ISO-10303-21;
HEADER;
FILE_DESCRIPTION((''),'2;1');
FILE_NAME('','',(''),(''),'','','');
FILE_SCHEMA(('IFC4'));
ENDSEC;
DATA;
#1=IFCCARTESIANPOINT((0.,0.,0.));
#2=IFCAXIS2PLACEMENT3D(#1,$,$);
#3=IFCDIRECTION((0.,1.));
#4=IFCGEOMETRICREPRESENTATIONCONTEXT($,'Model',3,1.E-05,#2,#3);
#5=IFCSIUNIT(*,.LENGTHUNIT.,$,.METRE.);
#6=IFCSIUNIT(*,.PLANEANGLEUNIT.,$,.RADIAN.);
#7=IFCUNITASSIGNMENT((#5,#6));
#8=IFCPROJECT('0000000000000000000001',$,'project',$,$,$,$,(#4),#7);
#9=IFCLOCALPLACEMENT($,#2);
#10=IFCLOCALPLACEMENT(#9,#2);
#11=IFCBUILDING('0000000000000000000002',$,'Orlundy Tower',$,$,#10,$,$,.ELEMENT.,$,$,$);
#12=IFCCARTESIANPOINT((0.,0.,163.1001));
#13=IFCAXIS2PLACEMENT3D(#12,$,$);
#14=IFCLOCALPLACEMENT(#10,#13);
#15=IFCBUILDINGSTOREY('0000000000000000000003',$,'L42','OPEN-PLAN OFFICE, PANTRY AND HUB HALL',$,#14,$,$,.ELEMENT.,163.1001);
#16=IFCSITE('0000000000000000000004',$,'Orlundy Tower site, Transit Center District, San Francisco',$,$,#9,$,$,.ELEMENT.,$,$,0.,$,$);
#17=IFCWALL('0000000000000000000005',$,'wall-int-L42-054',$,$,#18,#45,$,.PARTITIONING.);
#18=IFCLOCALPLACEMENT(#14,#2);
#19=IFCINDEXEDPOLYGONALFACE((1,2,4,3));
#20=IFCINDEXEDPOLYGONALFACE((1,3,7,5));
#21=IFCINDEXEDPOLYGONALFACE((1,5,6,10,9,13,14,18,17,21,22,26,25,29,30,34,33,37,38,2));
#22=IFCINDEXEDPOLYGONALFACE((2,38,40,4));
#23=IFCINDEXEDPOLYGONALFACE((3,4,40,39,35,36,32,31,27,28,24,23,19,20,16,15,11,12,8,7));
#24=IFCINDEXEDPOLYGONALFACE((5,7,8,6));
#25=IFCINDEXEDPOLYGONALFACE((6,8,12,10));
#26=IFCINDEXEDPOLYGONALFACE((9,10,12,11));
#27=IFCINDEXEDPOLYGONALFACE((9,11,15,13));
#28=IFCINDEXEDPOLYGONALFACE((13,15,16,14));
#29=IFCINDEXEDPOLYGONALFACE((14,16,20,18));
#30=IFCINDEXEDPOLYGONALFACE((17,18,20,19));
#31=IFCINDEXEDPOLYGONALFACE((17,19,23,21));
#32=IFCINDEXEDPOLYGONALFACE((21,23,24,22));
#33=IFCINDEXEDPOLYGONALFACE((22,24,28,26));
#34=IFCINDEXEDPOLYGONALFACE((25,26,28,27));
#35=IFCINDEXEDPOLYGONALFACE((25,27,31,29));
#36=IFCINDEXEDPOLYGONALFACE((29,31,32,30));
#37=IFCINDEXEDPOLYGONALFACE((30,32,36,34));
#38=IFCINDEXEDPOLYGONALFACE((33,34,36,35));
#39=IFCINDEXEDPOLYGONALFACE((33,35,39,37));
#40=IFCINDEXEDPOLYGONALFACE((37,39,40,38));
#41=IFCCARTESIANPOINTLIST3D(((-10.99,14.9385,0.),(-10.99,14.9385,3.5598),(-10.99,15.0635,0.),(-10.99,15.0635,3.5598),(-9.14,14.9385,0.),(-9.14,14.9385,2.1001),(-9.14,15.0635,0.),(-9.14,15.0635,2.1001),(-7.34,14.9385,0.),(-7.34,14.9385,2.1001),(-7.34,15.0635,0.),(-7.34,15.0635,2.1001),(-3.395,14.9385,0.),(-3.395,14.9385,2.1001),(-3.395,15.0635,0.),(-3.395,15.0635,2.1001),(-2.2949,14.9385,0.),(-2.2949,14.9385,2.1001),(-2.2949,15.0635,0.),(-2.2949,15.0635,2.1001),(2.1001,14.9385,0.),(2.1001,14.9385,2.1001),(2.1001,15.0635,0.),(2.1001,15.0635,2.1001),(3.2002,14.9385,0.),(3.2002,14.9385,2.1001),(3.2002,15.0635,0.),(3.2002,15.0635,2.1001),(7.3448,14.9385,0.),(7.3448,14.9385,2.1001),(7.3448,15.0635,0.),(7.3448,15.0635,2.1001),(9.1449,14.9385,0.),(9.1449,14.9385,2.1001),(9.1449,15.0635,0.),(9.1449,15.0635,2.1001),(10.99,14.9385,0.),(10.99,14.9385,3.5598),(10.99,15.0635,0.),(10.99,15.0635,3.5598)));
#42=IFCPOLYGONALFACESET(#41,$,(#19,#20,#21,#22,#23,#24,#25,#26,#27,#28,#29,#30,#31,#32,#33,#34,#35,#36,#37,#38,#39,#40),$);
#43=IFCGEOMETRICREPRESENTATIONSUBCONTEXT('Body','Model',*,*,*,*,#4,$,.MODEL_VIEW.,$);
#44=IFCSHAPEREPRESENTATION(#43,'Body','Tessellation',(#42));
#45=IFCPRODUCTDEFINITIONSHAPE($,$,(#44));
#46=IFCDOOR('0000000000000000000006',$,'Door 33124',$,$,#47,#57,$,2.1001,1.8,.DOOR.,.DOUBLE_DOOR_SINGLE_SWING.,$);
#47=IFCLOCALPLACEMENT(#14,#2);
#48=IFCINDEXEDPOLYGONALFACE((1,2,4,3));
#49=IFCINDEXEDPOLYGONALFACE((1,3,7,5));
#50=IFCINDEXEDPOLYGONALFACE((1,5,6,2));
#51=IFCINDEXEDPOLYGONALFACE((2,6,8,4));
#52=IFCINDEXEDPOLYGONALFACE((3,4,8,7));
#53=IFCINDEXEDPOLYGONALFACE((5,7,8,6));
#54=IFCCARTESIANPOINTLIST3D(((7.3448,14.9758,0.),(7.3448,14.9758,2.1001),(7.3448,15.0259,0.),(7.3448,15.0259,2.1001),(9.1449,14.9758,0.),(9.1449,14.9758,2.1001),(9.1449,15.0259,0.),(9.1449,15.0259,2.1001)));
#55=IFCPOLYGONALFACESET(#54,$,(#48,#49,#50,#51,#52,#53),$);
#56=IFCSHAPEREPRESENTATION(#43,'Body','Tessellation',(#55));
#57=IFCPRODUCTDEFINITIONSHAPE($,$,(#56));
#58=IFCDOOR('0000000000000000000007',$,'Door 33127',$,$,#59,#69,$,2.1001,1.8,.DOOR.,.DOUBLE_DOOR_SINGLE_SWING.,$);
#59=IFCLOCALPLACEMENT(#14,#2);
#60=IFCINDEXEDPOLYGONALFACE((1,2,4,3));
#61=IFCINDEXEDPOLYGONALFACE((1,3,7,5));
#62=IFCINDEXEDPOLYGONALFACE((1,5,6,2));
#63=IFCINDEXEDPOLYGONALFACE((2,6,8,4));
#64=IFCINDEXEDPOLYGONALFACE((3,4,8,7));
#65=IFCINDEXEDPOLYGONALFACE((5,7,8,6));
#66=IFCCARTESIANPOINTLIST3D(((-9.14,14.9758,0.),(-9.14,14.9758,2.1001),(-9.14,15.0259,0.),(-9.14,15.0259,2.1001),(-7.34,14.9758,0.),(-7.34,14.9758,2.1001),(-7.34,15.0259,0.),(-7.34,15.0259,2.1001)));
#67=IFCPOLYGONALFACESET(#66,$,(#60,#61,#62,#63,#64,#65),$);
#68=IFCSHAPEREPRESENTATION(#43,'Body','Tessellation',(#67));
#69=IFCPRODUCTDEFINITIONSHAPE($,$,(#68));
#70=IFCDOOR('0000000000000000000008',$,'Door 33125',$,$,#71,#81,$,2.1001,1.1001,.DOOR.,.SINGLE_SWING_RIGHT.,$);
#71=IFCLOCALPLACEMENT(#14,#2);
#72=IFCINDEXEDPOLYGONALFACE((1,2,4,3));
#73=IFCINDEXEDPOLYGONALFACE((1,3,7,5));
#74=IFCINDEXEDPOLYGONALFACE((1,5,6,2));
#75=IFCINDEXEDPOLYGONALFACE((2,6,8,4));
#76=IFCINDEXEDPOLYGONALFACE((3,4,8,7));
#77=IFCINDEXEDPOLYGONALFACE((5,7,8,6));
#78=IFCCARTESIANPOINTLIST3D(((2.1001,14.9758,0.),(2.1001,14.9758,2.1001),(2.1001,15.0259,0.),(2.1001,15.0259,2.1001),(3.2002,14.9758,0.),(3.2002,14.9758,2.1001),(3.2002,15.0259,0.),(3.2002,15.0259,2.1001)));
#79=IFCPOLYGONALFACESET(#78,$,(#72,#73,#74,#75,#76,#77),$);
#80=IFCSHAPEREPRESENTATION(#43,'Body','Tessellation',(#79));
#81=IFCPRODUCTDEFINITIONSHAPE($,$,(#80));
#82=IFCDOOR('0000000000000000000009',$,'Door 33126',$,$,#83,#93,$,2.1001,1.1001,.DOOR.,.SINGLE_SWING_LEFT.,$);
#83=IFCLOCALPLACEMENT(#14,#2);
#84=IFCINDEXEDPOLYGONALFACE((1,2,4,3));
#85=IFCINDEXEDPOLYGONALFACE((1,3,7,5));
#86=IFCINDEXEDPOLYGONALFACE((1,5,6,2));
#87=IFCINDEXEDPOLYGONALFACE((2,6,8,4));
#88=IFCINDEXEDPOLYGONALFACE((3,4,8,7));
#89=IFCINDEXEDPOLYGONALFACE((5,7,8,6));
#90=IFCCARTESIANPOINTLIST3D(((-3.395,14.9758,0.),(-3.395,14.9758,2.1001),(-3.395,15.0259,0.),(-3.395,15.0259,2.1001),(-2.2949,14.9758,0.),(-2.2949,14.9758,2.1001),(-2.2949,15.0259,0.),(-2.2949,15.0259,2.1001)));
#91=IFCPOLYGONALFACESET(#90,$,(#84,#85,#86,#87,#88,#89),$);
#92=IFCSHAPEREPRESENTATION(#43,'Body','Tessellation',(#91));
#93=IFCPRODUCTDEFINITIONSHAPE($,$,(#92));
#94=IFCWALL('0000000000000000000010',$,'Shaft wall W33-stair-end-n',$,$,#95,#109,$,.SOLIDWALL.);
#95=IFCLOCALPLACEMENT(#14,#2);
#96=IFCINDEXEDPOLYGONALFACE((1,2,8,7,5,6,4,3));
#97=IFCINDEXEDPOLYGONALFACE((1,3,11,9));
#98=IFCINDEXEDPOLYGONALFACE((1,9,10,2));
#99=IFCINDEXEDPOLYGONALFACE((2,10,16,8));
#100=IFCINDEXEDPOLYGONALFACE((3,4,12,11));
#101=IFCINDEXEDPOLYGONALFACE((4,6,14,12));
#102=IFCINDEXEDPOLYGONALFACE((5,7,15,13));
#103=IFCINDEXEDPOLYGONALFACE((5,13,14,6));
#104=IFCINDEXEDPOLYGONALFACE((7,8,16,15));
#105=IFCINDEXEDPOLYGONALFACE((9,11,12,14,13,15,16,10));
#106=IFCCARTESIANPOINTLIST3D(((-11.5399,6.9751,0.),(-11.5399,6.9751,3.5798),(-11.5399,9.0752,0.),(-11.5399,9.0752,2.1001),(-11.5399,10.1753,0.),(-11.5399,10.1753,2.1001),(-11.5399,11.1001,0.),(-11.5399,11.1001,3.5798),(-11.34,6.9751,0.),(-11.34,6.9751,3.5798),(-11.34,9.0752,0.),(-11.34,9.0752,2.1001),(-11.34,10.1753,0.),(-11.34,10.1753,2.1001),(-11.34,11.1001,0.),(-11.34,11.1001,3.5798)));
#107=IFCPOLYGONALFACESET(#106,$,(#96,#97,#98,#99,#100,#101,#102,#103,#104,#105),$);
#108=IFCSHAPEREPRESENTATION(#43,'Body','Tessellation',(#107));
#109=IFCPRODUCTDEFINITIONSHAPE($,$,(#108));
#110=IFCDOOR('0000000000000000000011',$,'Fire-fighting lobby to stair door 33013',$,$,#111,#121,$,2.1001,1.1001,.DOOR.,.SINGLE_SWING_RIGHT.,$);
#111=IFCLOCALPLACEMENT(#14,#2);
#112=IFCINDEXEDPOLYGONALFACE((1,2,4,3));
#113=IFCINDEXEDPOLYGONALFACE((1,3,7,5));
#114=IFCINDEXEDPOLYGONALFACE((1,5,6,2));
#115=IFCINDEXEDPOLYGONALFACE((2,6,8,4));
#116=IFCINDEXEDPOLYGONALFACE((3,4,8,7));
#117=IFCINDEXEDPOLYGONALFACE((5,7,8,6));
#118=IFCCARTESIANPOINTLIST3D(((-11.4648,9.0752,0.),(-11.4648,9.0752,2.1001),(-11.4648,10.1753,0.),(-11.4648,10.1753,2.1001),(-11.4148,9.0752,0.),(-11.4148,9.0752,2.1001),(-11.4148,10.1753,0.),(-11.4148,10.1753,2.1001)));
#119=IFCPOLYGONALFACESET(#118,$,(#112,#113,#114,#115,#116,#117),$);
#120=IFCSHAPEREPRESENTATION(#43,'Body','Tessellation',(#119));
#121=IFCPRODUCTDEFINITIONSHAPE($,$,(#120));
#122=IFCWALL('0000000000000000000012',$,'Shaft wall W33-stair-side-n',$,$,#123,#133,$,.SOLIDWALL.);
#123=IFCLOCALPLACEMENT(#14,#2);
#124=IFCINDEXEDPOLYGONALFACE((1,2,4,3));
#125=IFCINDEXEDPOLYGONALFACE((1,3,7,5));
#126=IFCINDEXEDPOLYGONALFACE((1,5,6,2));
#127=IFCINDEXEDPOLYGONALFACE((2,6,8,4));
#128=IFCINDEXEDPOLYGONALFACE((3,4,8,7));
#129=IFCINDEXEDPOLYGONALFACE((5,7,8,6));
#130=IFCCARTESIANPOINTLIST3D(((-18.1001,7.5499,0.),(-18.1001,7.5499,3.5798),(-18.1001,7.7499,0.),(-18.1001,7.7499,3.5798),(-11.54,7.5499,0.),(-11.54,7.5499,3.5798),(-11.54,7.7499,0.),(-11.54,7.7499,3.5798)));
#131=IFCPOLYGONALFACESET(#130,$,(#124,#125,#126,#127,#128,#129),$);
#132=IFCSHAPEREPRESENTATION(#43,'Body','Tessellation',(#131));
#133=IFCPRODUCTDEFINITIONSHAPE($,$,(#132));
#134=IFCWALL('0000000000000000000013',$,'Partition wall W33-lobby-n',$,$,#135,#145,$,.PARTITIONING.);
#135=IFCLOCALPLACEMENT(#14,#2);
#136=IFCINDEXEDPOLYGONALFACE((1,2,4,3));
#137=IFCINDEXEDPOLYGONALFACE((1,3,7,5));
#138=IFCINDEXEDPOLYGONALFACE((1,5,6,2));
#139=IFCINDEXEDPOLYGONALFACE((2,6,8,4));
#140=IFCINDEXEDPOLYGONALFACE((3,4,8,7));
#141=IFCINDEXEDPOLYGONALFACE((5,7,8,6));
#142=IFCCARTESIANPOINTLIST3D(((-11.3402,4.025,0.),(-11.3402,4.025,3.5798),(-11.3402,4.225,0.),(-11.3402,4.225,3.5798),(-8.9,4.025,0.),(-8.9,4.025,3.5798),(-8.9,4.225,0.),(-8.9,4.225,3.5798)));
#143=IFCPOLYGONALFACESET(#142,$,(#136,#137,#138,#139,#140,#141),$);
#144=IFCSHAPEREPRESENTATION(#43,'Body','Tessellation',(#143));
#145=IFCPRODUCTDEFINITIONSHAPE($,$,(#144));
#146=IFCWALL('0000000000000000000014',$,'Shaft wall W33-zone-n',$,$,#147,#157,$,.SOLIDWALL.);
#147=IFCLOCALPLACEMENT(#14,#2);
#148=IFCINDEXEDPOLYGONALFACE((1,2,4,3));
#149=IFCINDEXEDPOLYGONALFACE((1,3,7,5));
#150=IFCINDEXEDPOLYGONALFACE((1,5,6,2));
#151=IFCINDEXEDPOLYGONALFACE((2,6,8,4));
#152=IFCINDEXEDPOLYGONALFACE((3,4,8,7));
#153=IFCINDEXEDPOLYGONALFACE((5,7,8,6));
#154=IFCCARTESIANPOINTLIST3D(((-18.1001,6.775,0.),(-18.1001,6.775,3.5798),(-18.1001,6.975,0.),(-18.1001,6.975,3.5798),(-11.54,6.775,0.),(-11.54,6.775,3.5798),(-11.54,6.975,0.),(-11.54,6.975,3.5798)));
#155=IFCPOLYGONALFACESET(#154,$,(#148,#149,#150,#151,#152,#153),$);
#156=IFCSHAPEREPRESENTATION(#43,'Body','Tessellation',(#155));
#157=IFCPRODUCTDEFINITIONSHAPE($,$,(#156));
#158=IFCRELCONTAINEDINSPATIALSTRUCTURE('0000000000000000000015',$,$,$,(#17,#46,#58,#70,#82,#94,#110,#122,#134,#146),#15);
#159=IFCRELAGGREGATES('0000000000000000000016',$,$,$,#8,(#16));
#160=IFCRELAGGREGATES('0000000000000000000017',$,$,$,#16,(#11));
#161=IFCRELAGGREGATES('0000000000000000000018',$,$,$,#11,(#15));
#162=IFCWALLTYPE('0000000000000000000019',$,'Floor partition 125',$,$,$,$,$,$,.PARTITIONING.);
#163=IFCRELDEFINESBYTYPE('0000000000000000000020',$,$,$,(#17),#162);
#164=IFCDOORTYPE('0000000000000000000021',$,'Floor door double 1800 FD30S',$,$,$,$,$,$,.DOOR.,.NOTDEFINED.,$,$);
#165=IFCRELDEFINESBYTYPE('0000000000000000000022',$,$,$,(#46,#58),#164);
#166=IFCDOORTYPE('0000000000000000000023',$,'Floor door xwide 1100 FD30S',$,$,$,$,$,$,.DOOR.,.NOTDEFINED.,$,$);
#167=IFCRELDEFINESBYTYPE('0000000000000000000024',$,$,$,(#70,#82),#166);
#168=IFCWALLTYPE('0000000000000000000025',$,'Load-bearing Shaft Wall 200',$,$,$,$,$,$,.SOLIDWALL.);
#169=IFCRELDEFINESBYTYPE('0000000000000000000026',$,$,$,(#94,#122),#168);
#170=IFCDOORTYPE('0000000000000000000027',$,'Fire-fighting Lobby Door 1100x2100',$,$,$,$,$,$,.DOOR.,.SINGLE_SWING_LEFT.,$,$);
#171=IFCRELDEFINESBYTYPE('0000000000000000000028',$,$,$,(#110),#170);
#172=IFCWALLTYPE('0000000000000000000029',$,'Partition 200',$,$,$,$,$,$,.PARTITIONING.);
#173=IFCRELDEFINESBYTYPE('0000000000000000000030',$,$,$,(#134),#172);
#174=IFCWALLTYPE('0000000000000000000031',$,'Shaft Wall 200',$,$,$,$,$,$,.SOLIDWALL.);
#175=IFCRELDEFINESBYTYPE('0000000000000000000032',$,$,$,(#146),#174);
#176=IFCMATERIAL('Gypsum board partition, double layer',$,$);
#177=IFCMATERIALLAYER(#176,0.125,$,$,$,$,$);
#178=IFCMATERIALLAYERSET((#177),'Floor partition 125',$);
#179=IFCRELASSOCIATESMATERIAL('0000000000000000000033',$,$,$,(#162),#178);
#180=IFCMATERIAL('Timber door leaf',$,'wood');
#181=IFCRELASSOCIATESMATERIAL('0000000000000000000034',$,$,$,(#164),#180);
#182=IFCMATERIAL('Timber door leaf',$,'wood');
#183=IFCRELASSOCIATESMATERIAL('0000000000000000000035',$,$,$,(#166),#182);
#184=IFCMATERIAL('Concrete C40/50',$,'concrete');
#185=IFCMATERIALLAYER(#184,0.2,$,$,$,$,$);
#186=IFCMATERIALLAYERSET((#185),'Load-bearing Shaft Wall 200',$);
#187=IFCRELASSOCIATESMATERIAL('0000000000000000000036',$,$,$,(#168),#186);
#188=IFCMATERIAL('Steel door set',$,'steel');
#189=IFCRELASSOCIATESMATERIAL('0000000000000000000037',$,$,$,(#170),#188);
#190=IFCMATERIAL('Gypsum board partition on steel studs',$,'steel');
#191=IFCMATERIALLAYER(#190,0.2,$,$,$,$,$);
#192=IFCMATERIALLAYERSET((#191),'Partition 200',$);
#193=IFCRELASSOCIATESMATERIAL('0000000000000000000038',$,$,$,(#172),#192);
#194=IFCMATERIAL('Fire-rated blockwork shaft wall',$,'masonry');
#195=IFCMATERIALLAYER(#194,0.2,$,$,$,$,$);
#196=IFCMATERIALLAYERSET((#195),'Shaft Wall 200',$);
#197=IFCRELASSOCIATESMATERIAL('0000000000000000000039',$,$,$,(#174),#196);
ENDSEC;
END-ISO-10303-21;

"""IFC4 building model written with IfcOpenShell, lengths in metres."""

from ifc_helpers import new_model, si_unit, direction, frame, frame_2d, origin, place, context, subcontext, project, spatial, rectangle, extrude, material, layer, layer_set, type_object, element, fill, save


model = new_model("IFC4")

# Units and contexts
model_context = context("Model", 3, precision=1e-05, world=origin(), true_north=direction((0.0, 1.0)))
body_context = subcontext(model_context, "Body", "Model", "MODEL_VIEW")
ifc_project = project(units=[si_unit("LENGTHUNIT", "METRE"), si_unit("PLANEANGLEUNIT", "RADIAN")], contexts=[model_context])

# Site, building, storey
site_placement = place(None, origin())
site = spatial("IfcSite", under=ifc_project, at=site_placement, Name="Orlundy Tower site, Transit Center District, San Francisco", CompositionType="ELEMENT", RefElevation=0.0)
building_placement = place(site_placement, origin())
building = spatial("IfcBuilding", under=site, at=building_placement, Name="Orlundy Tower", CompositionType="ELEMENT")
storey_placement = place(building_placement, frame((0.0, 0.0, 163.1001)))
storey = spatial("IfcBuildingStorey", under=building, at=storey_placement, Name="L42", Description="OPEN-PLAN OFFICE, PANTRY AND HUB HALL", CompositionType="ELEMENT", Elevation=163.1001)

# Wall, openings, doors
ifc_material_1 = material(Name="Gypsum board partition, double layer")
ifc_layer_1 = layer(ifc_material_1, 0.125)
ifc_layer_set_1 = layer_set([ifc_layer_1], Name="Floor partition 125")
wall_type_1 = type_object("IfcWallType", Name="Floor partition 125", PredefinedType="PARTITIONING", material=ifc_layer_set_1)
wall_1_placement = place(storey_placement, frame((-10.99, 15.001, 0.0), z_axis=(0.0, 0.0, 1.0), x_axis=(1.0, 0.0, 0.0)))
wall_1 = element("IfcWall", 1, at=wall_1_placement, inside=storey, type_object=wall_type_1, Name="wall-int-L42-054", PredefinedType="PARTITIONING", context=body_context, shape_type="SweptSolid", body=[
    extrude(rectangle(XDim=21.98, YDim=0.125, at=frame_2d((10.99, 0.0))), origin(), (0.0, 0.0, 1.0), 3.5598),
])
opening_1_placement = place(wall_1_placement, frame((18.335, 0.0, 0.0)))
opening_1 = element("IfcOpeningElement", 2, at=opening_1_placement, cuts=wall_1, PredefinedType="OPENING", context=body_context, shape_type="SweptSolid", body=[
    extrude(rectangle(XDim=1.8, YDim=2.1001, at=frame_2d((0.8999, 1.05))), frame((0.0, 0.0725, 0.0), z_axis=(0.0, -1.0, 0.0), x_axis=(1.0, 0.0, 0.0)), (0.0, 0.0, 1.0), 0.145),
])
opening_2_placement = place(wall_1_placement, frame((13.0901, 0.0, 0.0)))
opening_2 = element("IfcOpeningElement", 3, at=opening_2_placement, cuts=wall_1, PredefinedType="OPENING", context=body_context, shape_type="SweptSolid", body=[
    extrude(rectangle(XDim=1.1001, YDim=2.1001, at=frame_2d((0.55, 1.05))), frame((0.0, 0.0725, 0.0), z_axis=(0.0, -1.0, 0.0), x_axis=(1.0, 0.0, 0.0)), (0.0, 0.0, 1.0), 0.145),
])
opening_3_placement = place(wall_1_placement, frame((7.595, 0.0, 0.0)))
opening_3 = element("IfcOpeningElement", 4, at=opening_3_placement, cuts=wall_1, PredefinedType="OPENING", context=body_context, shape_type="SweptSolid", body=[
    extrude(rectangle(XDim=1.1001, YDim=2.1001, at=frame_2d((0.55, 1.05))), frame((0.0, 0.0725, 0.0), z_axis=(0.0, -1.0, 0.0), x_axis=(1.0, 0.0, 0.0)), (0.0, 0.0, 1.0), 0.145),
])
opening_4_placement = place(wall_1_placement, frame((1.8501, 0.0, 0.0)))
opening_4 = element("IfcOpeningElement", 5, at=opening_4_placement, cuts=wall_1, PredefinedType="OPENING", context=body_context, shape_type="SweptSolid", body=[
    extrude(rectangle(XDim=1.8, YDim=2.1001, at=frame_2d((0.8999, 1.05))), frame((0.0, 0.0725, 0.0), z_axis=(0.0, -1.0, 0.0), x_axis=(1.0, 0.0, 0.0)), (0.0, 0.0, 1.0), 0.145),
])
ifc_material_2 = material(Name="Timber door leaf", Category="wood")
door_type_1 = type_object("IfcDoorType", Name="Floor door double 1800 FD30S", OperationType="NOTDEFINED", PredefinedType="DOOR", material=ifc_material_2)
door_1_placement = place(opening_1_placement, origin())
door_1 = element("IfcDoor", 6, at=door_1_placement, inside=storey, type_object=door_type_1, Name="Door 33124", OperationType="DOUBLE_DOOR_SINGLE_SWING", OverallHeight=2.1001, OverallWidth=1.8, PredefinedType="DOOR", context=body_context, shape_type="SweptSolid", body=[
    extrude(rectangle(XDim=1.8, YDim=2.1001, at=frame_2d((0.8999, 1.05))), frame((0.0, 0.0249, 0.0), z_axis=(0.0, -1.0, 0.0), x_axis=(1.0, 0.0, 0.0)), (0.0, 0.0, 1.0), 0.05),
])
fill(opening_1, door_1)
door_2_placement = place(opening_4_placement, origin())
door_2 = element("IfcDoor", 7, at=door_2_placement, inside=storey, type_object=door_type_1, Name="Door 33127", OperationType="DOUBLE_DOOR_SINGLE_SWING", OverallHeight=2.1001, OverallWidth=1.8, PredefinedType="DOOR", context=body_context, shape_type="SweptSolid", body=[
    extrude(rectangle(XDim=1.8, YDim=2.1001, at=frame_2d((0.8999, 1.05))), frame((0.0, 0.0249, 0.0), z_axis=(0.0, -1.0, 0.0), x_axis=(1.0, 0.0, 0.0)), (0.0, 0.0, 1.0), 0.05),
])
fill(opening_4, door_2)
ifc_material_3 = material(Name="Timber door leaf", Category="wood")
door_type_2 = type_object("IfcDoorType", Name="Floor door xwide 1100 FD30S", OperationType="NOTDEFINED", PredefinedType="DOOR", material=ifc_material_3)
door_3_placement = place(opening_2_placement, origin())
door_3 = element("IfcDoor", 8, at=door_3_placement, inside=storey, type_object=door_type_2, Name="Door 33125", OperationType="SINGLE_SWING_RIGHT", OverallHeight=2.1001, OverallWidth=1.1001, PredefinedType="DOOR", context=body_context, shape_type="SweptSolid", body=[
    extrude(rectangle(XDim=1.1001, YDim=2.1001, at=frame_2d((0.55, 1.05))), frame((0.0, 0.0249, 0.0), z_axis=(0.0, -1.0, 0.0), x_axis=(1.0, 0.0, 0.0)), (0.0, 0.0, 1.0), 0.05),
])
fill(opening_2, door_3)
door_4_placement = place(opening_3_placement, origin())
door_4 = element("IfcDoor", 9, at=door_4_placement, inside=storey, type_object=door_type_2, Name="Door 33126", OperationType="SINGLE_SWING_LEFT", OverallHeight=2.1001, OverallWidth=1.1001, PredefinedType="DOOR", context=body_context, shape_type="SweptSolid", body=[
    extrude(rectangle(XDim=1.1001, YDim=2.1001, at=frame_2d((0.55, 1.05))), frame((0.0, 0.0249, 0.0), z_axis=(0.0, -1.0, 0.0), x_axis=(1.0, 0.0, 0.0)), (0.0, 0.0, 1.0), 0.05),
])
fill(opening_3, door_4)

# Wall, opening, door
ifc_material_4 = material(Name="Concrete C40/50", Category="concrete")
ifc_layer_2 = layer(ifc_material_4, 0.2)
ifc_layer_set_2 = layer_set([ifc_layer_2], Name="Load-bearing Shaft Wall 200")
wall_type_2 = type_object("IfcWallType", Name="Load-bearing Shaft Wall 200", PredefinedType="SOLIDWALL", material=ifc_layer_set_2)
wall_2_placement = place(storey_placement, frame((-11.4399, 6.9751, 0.0), z_axis=(0.0, 0.0, 1.0), x_axis=(0.0, 1.0, 0.0)))
wall_2 = element("IfcWall", 10, at=wall_2_placement, inside=storey, type_object=wall_type_2, Name="Shaft wall W33-stair-end-n", PredefinedType="SOLIDWALL", context=body_context, shape_type="SweptSolid", body=[
    extrude(rectangle(XDim=4.125, YDim=0.2, at=frame_2d((2.0625, 0.0))), origin(), (0.0, 0.0, 1.0), 3.5798),
])
opening_5_placement = place(wall_2_placement, frame((2.1001, 0.0, 0.0)))
opening_5 = element("IfcOpeningElement", 11, at=opening_5_placement, cuts=wall_2, PredefinedType="OPENING", context=body_context, shape_type="SweptSolid", body=[
    extrude(rectangle(XDim=1.1001, YDim=2.1001, at=frame_2d((0.55, 1.05))), frame((0.0, 0.1101, 0.0), z_axis=(0.0, -1.0, 0.0), x_axis=(1.0, 0.0, 0.0)), (0.0, 0.0, 1.0), 0.2202),
])
ifc_material_5 = material(Name="Steel door set", Category="steel")
door_type_3 = type_object("IfcDoorType", Name="Fire-fighting Lobby Door 1100x2100", OperationType="SINGLE_SWING_LEFT", PredefinedType="DOOR", material=ifc_material_5)
door_5_placement = place(opening_5_placement, origin())
door_5 = element("IfcDoor", 12, at=door_5_placement, inside=storey, type_object=door_type_3, Name="Fire-fighting lobby to stair door 33013", OperationType="SINGLE_SWING_RIGHT", OverallHeight=2.1001, OverallWidth=1.1001, PredefinedType="DOOR", context=body_context, shape_type="SweptSolid", body=[
    extrude(rectangle(XDim=1.1001, YDim=2.1001, at=frame_2d((0.55, 1.05))), frame((0.0, 0.0249, 0.0), z_axis=(0.0, -1.0, 0.0), x_axis=(1.0, 0.0, 0.0)), (0.0, 0.0, 1.0), 0.05),
])
fill(opening_5, door_5)

# Walls
wall_3_placement = place(storey_placement, frame((-11.54, 7.6499, 0.0), z_axis=(0.0, 0.0, 1.0), x_axis=(-1.0, 0.0, 0.0)))
element("IfcWall", 13, at=wall_3_placement, inside=storey, type_object=wall_type_2, Name="Shaft wall W33-stair-side-n", PredefinedType="SOLIDWALL", context=body_context, shape_type="SweptSolid", body=[
    extrude(rectangle(XDim=6.5601, YDim=0.2, at=frame_2d((3.28, 0.0))), origin(), (0.0, 0.0, 1.0), 3.5798),
])
ifc_material_6 = material(Name="Gypsum board partition on steel studs", Category="steel")
ifc_layer_3 = layer(ifc_material_6, 0.2)
ifc_layer_set_3 = layer_set([ifc_layer_3], Name="Partition 200")
wall_type_3 = type_object("IfcWallType", Name="Partition 200", PredefinedType="PARTITIONING", material=ifc_layer_set_3)
wall_4_placement = place(storey_placement, frame((-8.8999, 4.125, 0.0), z_axis=(0.0, 0.0, 1.0), x_axis=(-1.0, 0.0, 0.0)))
element("IfcWall", 14, at=wall_4_placement, inside=storey, type_object=wall_type_3, Name="Partition wall W33-lobby-n", PredefinedType="PARTITIONING", context=body_context, shape_type="SweptSolid", body=[
    extrude(rectangle(XDim=2.4402, YDim=0.2, at=frame_2d((1.2202, 0.0))), origin(), (0.0, 0.0, 1.0), 3.5798),
])
ifc_material_7 = material(Name="Fire-rated blockwork shaft wall", Category="masonry")
ifc_layer_4 = layer(ifc_material_7, 0.2)
ifc_layer_set_4 = layer_set([ifc_layer_4], Name="Shaft Wall 200")
wall_type_4 = type_object("IfcWallType", Name="Shaft Wall 200", PredefinedType="SOLIDWALL", material=ifc_layer_set_4)
wall_5_placement = place(storey_placement, frame((-11.54, 6.875, 0.0), z_axis=(0.0, 0.0, 1.0), x_axis=(-1.0, 0.0, 0.0)))
element("IfcWall", 15, at=wall_5_placement, inside=storey, type_object=wall_type_4, Name="Shaft wall W33-zone-n", PredefinedType="SOLIDWALL", context=body_context, shape_type="SweptSolid", body=[
    extrude(rectangle(XDim=6.5601, YDim=0.2, at=frame_2d((3.28, 0.0))), origin(), (0.0, 0.0, 1.0), 3.5798),
])

save(model, "model.ifc")
